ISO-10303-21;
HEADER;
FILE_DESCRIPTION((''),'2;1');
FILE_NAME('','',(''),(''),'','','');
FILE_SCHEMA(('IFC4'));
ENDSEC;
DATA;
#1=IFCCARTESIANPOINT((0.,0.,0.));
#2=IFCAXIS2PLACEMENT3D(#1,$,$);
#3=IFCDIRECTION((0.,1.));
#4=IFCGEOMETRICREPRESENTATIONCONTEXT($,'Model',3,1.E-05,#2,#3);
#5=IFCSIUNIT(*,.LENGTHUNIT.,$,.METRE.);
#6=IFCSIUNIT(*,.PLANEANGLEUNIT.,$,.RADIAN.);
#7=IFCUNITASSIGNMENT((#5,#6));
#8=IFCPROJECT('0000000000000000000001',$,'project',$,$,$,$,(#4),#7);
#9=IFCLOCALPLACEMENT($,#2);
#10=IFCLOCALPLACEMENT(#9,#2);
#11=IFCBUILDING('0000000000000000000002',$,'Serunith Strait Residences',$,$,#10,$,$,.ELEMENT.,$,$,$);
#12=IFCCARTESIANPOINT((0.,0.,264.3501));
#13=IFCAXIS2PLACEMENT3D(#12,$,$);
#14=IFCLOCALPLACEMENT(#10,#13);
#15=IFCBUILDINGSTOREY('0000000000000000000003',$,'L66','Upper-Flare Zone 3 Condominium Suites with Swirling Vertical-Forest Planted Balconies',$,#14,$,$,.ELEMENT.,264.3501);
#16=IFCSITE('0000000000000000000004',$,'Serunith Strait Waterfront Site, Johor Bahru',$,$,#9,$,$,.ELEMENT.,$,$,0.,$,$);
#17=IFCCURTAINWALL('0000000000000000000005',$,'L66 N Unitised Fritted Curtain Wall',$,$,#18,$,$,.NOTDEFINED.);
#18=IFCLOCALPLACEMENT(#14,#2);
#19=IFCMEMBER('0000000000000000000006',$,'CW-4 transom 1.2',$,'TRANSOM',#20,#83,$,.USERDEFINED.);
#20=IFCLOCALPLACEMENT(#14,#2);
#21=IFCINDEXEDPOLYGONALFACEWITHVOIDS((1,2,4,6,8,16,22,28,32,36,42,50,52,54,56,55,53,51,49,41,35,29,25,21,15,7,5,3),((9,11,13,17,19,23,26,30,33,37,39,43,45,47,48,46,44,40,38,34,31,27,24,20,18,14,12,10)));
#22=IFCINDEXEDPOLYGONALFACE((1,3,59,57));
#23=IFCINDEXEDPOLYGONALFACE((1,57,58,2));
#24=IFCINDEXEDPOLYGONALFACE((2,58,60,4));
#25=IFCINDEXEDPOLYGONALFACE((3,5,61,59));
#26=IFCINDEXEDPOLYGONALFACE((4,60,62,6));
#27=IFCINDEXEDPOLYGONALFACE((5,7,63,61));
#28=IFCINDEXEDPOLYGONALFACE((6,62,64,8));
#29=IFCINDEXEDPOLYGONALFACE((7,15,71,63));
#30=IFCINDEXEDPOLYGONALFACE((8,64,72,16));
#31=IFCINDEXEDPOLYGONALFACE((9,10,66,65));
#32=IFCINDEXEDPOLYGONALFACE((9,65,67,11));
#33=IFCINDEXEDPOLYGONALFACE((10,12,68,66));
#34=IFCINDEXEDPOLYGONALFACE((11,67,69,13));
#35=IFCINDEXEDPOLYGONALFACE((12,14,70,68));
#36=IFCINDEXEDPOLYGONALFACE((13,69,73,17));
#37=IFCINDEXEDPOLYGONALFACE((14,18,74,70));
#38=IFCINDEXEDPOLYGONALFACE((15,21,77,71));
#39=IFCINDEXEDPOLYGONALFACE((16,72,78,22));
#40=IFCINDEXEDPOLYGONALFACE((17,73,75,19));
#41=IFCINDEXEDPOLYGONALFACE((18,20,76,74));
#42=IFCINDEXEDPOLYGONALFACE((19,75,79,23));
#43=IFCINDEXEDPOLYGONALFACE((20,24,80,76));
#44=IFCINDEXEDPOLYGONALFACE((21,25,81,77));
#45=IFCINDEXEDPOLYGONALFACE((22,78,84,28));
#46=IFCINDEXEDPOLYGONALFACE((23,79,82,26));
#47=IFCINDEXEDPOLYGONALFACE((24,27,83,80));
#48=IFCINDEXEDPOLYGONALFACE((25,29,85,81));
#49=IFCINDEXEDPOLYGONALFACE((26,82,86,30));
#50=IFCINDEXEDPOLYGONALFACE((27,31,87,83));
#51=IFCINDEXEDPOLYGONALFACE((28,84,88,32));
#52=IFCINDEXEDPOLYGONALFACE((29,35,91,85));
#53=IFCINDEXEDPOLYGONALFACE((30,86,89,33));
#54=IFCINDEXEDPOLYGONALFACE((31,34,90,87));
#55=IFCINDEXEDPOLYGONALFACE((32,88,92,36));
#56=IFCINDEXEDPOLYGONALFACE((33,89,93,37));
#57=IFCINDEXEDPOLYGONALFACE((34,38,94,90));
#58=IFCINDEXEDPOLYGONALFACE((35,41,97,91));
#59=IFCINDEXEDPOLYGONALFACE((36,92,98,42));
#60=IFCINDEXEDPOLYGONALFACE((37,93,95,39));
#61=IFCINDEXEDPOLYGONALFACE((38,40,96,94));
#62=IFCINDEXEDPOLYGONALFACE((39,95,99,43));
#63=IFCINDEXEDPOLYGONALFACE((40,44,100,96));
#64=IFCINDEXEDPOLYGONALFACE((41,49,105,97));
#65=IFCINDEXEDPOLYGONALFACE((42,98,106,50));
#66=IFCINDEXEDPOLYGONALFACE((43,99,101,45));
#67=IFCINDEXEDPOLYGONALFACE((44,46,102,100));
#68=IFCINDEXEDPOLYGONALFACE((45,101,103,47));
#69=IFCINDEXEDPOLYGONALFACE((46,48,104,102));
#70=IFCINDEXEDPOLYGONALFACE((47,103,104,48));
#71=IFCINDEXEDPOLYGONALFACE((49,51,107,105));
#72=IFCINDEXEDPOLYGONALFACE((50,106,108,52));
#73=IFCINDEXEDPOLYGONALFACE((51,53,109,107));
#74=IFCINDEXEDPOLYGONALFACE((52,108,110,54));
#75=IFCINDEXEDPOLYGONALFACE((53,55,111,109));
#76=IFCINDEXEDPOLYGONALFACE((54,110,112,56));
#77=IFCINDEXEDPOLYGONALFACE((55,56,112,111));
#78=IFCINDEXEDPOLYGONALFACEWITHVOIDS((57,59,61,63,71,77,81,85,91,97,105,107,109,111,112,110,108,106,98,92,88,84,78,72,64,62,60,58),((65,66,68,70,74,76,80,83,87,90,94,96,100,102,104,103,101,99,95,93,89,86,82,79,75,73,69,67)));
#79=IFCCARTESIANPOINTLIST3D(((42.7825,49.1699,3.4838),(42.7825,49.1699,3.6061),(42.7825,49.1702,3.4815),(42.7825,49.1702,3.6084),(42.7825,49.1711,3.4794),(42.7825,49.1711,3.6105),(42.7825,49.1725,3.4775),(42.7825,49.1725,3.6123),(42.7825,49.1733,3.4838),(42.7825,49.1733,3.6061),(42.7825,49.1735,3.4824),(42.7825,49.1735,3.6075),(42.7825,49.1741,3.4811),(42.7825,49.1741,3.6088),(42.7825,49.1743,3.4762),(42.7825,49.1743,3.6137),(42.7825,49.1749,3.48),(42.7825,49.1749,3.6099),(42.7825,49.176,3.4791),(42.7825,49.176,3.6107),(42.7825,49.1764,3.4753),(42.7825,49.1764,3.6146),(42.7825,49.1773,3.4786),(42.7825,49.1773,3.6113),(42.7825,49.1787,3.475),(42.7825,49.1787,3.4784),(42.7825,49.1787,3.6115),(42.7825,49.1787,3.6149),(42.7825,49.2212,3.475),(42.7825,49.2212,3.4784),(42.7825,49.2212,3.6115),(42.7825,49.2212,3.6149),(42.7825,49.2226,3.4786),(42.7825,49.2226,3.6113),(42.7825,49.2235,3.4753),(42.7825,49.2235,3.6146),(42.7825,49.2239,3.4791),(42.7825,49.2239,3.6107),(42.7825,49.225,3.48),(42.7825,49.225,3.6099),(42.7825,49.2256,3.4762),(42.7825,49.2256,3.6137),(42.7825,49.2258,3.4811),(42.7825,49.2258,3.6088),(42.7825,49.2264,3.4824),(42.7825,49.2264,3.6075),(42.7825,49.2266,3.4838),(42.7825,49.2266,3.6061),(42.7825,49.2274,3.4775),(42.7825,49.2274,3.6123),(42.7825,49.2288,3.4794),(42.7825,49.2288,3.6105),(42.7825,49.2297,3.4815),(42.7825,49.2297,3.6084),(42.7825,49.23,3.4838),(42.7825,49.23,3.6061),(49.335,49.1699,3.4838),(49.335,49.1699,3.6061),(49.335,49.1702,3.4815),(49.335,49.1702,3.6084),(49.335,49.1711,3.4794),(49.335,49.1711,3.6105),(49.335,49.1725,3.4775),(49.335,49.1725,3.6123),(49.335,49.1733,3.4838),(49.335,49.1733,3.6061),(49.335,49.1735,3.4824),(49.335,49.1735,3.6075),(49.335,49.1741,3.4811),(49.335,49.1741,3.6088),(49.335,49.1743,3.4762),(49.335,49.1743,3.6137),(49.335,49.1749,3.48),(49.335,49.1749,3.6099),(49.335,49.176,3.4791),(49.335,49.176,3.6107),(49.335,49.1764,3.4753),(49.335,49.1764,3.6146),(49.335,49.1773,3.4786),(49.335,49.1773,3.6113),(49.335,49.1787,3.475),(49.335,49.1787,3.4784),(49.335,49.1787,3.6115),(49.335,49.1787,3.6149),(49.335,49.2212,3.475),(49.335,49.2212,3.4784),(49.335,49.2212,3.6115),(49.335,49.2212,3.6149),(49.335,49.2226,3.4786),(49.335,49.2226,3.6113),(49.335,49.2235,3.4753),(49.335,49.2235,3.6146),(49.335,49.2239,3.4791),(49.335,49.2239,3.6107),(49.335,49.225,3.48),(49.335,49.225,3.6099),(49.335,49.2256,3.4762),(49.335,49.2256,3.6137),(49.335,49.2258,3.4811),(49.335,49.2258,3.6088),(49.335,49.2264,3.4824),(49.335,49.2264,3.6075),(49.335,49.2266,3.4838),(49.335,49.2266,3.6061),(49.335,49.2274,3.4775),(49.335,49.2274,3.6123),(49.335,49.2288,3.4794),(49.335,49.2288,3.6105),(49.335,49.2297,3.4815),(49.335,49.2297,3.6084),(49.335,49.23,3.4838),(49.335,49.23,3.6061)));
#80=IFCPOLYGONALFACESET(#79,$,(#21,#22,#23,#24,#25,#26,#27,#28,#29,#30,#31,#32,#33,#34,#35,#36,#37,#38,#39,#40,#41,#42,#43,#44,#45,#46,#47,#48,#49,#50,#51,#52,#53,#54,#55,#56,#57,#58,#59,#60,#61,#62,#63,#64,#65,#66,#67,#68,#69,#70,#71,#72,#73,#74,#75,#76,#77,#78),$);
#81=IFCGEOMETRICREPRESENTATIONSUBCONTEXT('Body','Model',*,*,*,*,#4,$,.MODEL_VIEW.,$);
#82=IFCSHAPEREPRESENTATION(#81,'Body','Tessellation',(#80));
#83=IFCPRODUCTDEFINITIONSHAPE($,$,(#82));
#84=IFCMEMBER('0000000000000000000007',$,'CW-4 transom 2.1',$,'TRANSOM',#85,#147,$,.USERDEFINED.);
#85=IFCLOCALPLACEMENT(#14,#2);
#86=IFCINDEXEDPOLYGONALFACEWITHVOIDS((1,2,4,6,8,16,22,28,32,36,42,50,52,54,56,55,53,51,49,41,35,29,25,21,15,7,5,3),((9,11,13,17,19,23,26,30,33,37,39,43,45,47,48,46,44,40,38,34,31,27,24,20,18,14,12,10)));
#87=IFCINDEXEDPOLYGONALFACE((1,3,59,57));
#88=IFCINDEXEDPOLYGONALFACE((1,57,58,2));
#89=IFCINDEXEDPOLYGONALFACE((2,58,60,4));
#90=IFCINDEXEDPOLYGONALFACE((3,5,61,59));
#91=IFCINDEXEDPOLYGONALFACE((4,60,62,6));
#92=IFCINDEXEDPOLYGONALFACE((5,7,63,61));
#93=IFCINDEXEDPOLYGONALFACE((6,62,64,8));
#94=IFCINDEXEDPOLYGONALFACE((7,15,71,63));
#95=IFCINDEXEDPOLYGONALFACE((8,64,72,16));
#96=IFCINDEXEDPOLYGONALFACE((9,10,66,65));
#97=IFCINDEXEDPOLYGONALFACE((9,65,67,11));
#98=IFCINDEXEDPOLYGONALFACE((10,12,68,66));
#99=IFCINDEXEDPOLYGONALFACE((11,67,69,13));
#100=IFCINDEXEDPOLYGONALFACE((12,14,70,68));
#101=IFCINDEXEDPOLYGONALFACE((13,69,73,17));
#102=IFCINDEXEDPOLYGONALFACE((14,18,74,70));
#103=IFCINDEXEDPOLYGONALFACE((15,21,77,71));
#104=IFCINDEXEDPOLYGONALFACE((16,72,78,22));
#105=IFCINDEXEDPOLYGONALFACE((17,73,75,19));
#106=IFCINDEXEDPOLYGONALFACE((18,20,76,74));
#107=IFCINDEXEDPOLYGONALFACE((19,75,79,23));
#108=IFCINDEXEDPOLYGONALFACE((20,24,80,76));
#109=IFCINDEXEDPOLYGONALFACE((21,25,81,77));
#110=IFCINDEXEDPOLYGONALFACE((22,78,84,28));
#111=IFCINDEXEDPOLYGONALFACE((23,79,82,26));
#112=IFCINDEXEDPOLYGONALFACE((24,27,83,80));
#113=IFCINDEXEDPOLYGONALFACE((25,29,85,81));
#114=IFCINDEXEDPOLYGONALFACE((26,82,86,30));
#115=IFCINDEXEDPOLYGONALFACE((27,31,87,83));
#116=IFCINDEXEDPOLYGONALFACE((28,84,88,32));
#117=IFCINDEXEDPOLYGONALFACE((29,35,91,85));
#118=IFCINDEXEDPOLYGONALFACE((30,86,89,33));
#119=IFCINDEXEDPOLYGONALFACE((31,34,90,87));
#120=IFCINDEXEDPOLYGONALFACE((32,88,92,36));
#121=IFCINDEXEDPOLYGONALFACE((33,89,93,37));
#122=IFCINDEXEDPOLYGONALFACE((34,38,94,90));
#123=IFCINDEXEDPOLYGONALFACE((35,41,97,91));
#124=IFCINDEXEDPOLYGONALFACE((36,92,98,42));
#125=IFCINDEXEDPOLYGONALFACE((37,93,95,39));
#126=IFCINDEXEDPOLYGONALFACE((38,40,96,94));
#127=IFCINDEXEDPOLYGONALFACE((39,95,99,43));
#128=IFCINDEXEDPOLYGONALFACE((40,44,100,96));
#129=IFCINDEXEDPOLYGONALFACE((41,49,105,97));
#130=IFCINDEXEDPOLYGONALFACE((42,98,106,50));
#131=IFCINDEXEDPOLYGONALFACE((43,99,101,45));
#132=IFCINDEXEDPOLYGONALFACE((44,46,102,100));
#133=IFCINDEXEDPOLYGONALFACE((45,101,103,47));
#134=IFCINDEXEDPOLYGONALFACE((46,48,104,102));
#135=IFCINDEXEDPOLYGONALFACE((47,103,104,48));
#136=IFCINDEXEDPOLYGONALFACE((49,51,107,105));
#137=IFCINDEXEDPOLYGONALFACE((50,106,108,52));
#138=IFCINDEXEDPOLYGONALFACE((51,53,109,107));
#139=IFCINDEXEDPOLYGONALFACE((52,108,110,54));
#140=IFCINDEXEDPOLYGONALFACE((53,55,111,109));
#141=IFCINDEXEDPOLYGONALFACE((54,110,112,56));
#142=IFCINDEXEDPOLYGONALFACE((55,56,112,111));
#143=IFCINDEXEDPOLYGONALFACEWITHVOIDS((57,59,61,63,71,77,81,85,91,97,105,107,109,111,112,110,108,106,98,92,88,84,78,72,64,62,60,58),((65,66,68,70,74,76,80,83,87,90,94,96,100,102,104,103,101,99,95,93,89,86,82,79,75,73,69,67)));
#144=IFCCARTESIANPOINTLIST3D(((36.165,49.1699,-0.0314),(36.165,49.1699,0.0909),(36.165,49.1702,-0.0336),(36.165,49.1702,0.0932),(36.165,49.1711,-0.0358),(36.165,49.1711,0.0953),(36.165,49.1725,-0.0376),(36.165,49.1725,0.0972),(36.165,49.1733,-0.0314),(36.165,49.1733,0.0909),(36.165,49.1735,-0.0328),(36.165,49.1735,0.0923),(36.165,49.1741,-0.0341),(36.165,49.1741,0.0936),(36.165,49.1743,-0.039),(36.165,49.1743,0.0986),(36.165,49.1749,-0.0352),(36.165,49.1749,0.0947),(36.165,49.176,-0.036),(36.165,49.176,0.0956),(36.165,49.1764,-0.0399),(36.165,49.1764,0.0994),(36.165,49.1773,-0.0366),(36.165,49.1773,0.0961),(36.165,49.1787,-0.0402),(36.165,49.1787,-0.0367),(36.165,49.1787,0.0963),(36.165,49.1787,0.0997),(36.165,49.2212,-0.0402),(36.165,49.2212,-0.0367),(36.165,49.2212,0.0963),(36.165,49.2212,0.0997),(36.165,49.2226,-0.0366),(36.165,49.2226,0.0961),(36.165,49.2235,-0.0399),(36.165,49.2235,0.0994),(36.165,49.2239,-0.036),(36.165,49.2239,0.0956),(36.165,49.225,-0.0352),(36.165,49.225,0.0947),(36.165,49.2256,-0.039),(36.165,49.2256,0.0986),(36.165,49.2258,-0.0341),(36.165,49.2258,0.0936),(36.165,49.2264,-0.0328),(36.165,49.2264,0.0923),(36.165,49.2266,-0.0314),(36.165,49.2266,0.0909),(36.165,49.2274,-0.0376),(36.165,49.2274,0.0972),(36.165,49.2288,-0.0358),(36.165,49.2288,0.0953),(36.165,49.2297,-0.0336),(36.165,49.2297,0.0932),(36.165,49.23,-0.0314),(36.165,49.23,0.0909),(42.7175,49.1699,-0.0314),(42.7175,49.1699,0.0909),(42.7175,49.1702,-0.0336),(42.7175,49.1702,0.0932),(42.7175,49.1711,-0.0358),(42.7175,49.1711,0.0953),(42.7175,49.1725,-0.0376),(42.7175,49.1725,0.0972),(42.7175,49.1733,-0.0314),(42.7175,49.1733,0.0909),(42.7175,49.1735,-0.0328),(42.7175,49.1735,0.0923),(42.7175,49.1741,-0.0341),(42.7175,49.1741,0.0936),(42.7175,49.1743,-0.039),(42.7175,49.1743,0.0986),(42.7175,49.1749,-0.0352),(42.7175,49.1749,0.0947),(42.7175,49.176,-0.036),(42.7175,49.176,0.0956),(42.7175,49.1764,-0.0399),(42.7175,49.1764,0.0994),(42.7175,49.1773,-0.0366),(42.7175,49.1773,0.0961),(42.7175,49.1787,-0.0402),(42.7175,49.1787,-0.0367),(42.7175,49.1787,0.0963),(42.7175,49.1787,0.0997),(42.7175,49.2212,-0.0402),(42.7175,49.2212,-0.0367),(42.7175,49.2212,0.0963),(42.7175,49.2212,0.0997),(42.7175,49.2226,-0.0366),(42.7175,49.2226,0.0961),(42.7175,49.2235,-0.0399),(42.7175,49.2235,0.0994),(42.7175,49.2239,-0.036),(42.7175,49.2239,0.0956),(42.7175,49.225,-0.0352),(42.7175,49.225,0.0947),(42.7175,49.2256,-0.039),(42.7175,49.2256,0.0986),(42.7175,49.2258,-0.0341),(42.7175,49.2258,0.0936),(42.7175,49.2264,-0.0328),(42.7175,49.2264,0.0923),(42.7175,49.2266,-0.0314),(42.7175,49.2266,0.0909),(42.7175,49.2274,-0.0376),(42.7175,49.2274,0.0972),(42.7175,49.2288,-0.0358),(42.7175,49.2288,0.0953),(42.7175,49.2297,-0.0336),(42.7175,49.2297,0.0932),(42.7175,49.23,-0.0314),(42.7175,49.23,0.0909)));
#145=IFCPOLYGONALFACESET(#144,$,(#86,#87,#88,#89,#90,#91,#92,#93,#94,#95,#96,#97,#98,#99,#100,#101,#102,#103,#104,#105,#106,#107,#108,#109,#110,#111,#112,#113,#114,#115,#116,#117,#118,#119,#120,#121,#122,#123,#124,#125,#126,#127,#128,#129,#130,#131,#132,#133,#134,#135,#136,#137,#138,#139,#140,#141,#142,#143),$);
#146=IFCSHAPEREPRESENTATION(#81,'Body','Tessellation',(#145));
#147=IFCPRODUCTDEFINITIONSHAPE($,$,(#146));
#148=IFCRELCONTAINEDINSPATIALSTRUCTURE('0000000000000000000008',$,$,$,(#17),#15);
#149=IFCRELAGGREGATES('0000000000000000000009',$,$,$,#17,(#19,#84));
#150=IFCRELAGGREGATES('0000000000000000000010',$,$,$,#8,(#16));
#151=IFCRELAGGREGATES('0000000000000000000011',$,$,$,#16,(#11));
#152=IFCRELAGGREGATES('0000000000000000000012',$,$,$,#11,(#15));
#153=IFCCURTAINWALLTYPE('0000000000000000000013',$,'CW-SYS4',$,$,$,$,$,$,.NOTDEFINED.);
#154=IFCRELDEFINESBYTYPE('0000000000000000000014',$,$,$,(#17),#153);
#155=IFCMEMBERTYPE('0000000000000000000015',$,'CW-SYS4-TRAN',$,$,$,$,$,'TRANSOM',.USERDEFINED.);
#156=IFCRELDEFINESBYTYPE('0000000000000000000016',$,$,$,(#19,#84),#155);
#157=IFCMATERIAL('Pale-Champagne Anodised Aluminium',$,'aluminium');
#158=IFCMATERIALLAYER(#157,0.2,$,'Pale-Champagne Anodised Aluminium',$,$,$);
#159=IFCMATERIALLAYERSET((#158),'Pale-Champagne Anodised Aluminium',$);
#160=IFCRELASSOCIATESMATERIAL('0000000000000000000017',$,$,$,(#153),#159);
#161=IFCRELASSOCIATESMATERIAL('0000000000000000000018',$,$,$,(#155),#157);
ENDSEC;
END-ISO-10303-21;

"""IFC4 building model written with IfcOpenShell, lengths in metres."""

from ifc_helpers import new_model, si_unit, direction, frame, origin, origin_2d, place, context, subcontext, project, spatial, hollow_rectangle, extrude, source, transform, mapped, material, layer, layer_set, material_profile, profile_set, type_object, element, aggregate, save


model = new_model("IFC4")

# Units and contexts
model_context = context("Model", 3, precision=1e-05, world=origin(), true_north=direction((0.0, 1.0)))
body_context = subcontext(model_context, "Body", "Model", "MODEL_VIEW")
ifc_project = project(units=[si_unit("LENGTHUNIT", "METRE"), si_unit("PLANEANGLEUNIT", "RADIAN")], contexts=[model_context])

# Site, building, storey
site_placement = place(None, origin())
site = spatial("IfcSite", under=ifc_project, at=site_placement, Name="Serunith Strait Waterfront Site, Johor Bahru", CompositionType="ELEMENT", RefElevation=0.0)
building_placement = place(site_placement, origin())
building = spatial("IfcBuilding", under=site, at=building_placement, Name="Serunith Strait Residences", CompositionType="ELEMENT")
storey_placement = place(building_placement, frame((0.0, 0.0, 264.3501)))
storey = spatial("IfcBuildingStorey", under=building, at=storey_placement, Name="L66", Description="Upper-Flare Zone 3 Condominium Suites with Swirling Vertical-Forest Planted Balconies", CompositionType="ELEMENT", Elevation=264.3501)

# Shared definitions
ifc_material_1 = material(Name="Pale-Champagne Anodised Aluminium", Category="aluminium")
ifc_layer_1 = layer(ifc_material_1, 0.2, Name="Pale-Champagne Anodised Aluminium")
ifc_layer_set_1 = layer_set([ifc_layer_1], Name="Pale-Champagne Anodised Aluminium")
curtain_wall_type = type_object("IfcCurtainWallType", Name="CW-SYS4", PredefinedType="NOTDEFINED", material=ifc_layer_set_1)

# Curtain wall, members
curtain_wall_1_placement = place(storey_placement, origin())
curtain_wall_1 = element("IfcCurtainWall", 1, at=curtain_wall_1_placement, inside=storey, type_object=curtain_wall_type, Name="L66 N Unitised Fritted Curtain Wall", PredefinedType="NOTDEFINED")
ifc_material_profile_1 = material_profile(ifc_material_1, hollow_rectangle(XDim=0.0601, YDim=0.1399, WallThickness=0.0034, InnerFilletRadius=0.0054, OuterFilletRadius=0.0088, at=origin_2d()), Name="ALU 140x60x3.5")
ifc_profile_set_1 = profile_set([ifc_material_profile_1], Name="Pale-Champagne Anodised Aluminium")
member_type_1 = type_object("IfcMemberType", Name="CW-SYS4-TRAN", ElementType="TRANSOM", PredefinedType="USERDEFINED", material=ifc_profile_set_1)
shared_shape_1 = source(origin(), body_context, "Body", "SweptSolid", [
    extrude(hollow_rectangle(XDim=0.0601, YDim=0.1399, WallThickness=0.0034, InnerFilletRadius=0.0054, OuterFilletRadius=0.0088, at=origin_2d()), origin(), (0.0, 0.0, 1.0), 6.5525),
])
member_1_placement = place(storey_placement, frame((49.335, 49.2, 3.5449), z_axis=(-1.0, 0.0, 0.0), x_axis=(0.0, -1.0, 0.0)))
member_1 = element("IfcMember", 2, at=member_1_placement, type_object=member_type_1, Name="CW-4 transom 1.2", ObjectType="TRANSOM", PredefinedType="USERDEFINED", context=body_context, shape_type="MappedRepresentation", body=[
    mapped(shared_shape_1, transform((0.0, 0.0, 0.0), scale=1.0)),
])
member_2_placement = place(storey_placement, frame((42.7175, 49.2, 0.0298), z_axis=(-1.0, 0.0, 0.0), x_axis=(0.0, -1.0, 0.0)))
member_2 = element("IfcMember", 3, at=member_2_placement, type_object=member_type_1, Name="CW-4 transom 2.1", ObjectType="TRANSOM", PredefinedType="USERDEFINED", context=body_context, shape_type="MappedRepresentation", body=[
    mapped(shared_shape_1, transform((0.0, 0.0, 0.0), scale=1.0)),
])
aggregate(curtain_wall_1, [member_1, member_2])

save(model, "model.ifc")
